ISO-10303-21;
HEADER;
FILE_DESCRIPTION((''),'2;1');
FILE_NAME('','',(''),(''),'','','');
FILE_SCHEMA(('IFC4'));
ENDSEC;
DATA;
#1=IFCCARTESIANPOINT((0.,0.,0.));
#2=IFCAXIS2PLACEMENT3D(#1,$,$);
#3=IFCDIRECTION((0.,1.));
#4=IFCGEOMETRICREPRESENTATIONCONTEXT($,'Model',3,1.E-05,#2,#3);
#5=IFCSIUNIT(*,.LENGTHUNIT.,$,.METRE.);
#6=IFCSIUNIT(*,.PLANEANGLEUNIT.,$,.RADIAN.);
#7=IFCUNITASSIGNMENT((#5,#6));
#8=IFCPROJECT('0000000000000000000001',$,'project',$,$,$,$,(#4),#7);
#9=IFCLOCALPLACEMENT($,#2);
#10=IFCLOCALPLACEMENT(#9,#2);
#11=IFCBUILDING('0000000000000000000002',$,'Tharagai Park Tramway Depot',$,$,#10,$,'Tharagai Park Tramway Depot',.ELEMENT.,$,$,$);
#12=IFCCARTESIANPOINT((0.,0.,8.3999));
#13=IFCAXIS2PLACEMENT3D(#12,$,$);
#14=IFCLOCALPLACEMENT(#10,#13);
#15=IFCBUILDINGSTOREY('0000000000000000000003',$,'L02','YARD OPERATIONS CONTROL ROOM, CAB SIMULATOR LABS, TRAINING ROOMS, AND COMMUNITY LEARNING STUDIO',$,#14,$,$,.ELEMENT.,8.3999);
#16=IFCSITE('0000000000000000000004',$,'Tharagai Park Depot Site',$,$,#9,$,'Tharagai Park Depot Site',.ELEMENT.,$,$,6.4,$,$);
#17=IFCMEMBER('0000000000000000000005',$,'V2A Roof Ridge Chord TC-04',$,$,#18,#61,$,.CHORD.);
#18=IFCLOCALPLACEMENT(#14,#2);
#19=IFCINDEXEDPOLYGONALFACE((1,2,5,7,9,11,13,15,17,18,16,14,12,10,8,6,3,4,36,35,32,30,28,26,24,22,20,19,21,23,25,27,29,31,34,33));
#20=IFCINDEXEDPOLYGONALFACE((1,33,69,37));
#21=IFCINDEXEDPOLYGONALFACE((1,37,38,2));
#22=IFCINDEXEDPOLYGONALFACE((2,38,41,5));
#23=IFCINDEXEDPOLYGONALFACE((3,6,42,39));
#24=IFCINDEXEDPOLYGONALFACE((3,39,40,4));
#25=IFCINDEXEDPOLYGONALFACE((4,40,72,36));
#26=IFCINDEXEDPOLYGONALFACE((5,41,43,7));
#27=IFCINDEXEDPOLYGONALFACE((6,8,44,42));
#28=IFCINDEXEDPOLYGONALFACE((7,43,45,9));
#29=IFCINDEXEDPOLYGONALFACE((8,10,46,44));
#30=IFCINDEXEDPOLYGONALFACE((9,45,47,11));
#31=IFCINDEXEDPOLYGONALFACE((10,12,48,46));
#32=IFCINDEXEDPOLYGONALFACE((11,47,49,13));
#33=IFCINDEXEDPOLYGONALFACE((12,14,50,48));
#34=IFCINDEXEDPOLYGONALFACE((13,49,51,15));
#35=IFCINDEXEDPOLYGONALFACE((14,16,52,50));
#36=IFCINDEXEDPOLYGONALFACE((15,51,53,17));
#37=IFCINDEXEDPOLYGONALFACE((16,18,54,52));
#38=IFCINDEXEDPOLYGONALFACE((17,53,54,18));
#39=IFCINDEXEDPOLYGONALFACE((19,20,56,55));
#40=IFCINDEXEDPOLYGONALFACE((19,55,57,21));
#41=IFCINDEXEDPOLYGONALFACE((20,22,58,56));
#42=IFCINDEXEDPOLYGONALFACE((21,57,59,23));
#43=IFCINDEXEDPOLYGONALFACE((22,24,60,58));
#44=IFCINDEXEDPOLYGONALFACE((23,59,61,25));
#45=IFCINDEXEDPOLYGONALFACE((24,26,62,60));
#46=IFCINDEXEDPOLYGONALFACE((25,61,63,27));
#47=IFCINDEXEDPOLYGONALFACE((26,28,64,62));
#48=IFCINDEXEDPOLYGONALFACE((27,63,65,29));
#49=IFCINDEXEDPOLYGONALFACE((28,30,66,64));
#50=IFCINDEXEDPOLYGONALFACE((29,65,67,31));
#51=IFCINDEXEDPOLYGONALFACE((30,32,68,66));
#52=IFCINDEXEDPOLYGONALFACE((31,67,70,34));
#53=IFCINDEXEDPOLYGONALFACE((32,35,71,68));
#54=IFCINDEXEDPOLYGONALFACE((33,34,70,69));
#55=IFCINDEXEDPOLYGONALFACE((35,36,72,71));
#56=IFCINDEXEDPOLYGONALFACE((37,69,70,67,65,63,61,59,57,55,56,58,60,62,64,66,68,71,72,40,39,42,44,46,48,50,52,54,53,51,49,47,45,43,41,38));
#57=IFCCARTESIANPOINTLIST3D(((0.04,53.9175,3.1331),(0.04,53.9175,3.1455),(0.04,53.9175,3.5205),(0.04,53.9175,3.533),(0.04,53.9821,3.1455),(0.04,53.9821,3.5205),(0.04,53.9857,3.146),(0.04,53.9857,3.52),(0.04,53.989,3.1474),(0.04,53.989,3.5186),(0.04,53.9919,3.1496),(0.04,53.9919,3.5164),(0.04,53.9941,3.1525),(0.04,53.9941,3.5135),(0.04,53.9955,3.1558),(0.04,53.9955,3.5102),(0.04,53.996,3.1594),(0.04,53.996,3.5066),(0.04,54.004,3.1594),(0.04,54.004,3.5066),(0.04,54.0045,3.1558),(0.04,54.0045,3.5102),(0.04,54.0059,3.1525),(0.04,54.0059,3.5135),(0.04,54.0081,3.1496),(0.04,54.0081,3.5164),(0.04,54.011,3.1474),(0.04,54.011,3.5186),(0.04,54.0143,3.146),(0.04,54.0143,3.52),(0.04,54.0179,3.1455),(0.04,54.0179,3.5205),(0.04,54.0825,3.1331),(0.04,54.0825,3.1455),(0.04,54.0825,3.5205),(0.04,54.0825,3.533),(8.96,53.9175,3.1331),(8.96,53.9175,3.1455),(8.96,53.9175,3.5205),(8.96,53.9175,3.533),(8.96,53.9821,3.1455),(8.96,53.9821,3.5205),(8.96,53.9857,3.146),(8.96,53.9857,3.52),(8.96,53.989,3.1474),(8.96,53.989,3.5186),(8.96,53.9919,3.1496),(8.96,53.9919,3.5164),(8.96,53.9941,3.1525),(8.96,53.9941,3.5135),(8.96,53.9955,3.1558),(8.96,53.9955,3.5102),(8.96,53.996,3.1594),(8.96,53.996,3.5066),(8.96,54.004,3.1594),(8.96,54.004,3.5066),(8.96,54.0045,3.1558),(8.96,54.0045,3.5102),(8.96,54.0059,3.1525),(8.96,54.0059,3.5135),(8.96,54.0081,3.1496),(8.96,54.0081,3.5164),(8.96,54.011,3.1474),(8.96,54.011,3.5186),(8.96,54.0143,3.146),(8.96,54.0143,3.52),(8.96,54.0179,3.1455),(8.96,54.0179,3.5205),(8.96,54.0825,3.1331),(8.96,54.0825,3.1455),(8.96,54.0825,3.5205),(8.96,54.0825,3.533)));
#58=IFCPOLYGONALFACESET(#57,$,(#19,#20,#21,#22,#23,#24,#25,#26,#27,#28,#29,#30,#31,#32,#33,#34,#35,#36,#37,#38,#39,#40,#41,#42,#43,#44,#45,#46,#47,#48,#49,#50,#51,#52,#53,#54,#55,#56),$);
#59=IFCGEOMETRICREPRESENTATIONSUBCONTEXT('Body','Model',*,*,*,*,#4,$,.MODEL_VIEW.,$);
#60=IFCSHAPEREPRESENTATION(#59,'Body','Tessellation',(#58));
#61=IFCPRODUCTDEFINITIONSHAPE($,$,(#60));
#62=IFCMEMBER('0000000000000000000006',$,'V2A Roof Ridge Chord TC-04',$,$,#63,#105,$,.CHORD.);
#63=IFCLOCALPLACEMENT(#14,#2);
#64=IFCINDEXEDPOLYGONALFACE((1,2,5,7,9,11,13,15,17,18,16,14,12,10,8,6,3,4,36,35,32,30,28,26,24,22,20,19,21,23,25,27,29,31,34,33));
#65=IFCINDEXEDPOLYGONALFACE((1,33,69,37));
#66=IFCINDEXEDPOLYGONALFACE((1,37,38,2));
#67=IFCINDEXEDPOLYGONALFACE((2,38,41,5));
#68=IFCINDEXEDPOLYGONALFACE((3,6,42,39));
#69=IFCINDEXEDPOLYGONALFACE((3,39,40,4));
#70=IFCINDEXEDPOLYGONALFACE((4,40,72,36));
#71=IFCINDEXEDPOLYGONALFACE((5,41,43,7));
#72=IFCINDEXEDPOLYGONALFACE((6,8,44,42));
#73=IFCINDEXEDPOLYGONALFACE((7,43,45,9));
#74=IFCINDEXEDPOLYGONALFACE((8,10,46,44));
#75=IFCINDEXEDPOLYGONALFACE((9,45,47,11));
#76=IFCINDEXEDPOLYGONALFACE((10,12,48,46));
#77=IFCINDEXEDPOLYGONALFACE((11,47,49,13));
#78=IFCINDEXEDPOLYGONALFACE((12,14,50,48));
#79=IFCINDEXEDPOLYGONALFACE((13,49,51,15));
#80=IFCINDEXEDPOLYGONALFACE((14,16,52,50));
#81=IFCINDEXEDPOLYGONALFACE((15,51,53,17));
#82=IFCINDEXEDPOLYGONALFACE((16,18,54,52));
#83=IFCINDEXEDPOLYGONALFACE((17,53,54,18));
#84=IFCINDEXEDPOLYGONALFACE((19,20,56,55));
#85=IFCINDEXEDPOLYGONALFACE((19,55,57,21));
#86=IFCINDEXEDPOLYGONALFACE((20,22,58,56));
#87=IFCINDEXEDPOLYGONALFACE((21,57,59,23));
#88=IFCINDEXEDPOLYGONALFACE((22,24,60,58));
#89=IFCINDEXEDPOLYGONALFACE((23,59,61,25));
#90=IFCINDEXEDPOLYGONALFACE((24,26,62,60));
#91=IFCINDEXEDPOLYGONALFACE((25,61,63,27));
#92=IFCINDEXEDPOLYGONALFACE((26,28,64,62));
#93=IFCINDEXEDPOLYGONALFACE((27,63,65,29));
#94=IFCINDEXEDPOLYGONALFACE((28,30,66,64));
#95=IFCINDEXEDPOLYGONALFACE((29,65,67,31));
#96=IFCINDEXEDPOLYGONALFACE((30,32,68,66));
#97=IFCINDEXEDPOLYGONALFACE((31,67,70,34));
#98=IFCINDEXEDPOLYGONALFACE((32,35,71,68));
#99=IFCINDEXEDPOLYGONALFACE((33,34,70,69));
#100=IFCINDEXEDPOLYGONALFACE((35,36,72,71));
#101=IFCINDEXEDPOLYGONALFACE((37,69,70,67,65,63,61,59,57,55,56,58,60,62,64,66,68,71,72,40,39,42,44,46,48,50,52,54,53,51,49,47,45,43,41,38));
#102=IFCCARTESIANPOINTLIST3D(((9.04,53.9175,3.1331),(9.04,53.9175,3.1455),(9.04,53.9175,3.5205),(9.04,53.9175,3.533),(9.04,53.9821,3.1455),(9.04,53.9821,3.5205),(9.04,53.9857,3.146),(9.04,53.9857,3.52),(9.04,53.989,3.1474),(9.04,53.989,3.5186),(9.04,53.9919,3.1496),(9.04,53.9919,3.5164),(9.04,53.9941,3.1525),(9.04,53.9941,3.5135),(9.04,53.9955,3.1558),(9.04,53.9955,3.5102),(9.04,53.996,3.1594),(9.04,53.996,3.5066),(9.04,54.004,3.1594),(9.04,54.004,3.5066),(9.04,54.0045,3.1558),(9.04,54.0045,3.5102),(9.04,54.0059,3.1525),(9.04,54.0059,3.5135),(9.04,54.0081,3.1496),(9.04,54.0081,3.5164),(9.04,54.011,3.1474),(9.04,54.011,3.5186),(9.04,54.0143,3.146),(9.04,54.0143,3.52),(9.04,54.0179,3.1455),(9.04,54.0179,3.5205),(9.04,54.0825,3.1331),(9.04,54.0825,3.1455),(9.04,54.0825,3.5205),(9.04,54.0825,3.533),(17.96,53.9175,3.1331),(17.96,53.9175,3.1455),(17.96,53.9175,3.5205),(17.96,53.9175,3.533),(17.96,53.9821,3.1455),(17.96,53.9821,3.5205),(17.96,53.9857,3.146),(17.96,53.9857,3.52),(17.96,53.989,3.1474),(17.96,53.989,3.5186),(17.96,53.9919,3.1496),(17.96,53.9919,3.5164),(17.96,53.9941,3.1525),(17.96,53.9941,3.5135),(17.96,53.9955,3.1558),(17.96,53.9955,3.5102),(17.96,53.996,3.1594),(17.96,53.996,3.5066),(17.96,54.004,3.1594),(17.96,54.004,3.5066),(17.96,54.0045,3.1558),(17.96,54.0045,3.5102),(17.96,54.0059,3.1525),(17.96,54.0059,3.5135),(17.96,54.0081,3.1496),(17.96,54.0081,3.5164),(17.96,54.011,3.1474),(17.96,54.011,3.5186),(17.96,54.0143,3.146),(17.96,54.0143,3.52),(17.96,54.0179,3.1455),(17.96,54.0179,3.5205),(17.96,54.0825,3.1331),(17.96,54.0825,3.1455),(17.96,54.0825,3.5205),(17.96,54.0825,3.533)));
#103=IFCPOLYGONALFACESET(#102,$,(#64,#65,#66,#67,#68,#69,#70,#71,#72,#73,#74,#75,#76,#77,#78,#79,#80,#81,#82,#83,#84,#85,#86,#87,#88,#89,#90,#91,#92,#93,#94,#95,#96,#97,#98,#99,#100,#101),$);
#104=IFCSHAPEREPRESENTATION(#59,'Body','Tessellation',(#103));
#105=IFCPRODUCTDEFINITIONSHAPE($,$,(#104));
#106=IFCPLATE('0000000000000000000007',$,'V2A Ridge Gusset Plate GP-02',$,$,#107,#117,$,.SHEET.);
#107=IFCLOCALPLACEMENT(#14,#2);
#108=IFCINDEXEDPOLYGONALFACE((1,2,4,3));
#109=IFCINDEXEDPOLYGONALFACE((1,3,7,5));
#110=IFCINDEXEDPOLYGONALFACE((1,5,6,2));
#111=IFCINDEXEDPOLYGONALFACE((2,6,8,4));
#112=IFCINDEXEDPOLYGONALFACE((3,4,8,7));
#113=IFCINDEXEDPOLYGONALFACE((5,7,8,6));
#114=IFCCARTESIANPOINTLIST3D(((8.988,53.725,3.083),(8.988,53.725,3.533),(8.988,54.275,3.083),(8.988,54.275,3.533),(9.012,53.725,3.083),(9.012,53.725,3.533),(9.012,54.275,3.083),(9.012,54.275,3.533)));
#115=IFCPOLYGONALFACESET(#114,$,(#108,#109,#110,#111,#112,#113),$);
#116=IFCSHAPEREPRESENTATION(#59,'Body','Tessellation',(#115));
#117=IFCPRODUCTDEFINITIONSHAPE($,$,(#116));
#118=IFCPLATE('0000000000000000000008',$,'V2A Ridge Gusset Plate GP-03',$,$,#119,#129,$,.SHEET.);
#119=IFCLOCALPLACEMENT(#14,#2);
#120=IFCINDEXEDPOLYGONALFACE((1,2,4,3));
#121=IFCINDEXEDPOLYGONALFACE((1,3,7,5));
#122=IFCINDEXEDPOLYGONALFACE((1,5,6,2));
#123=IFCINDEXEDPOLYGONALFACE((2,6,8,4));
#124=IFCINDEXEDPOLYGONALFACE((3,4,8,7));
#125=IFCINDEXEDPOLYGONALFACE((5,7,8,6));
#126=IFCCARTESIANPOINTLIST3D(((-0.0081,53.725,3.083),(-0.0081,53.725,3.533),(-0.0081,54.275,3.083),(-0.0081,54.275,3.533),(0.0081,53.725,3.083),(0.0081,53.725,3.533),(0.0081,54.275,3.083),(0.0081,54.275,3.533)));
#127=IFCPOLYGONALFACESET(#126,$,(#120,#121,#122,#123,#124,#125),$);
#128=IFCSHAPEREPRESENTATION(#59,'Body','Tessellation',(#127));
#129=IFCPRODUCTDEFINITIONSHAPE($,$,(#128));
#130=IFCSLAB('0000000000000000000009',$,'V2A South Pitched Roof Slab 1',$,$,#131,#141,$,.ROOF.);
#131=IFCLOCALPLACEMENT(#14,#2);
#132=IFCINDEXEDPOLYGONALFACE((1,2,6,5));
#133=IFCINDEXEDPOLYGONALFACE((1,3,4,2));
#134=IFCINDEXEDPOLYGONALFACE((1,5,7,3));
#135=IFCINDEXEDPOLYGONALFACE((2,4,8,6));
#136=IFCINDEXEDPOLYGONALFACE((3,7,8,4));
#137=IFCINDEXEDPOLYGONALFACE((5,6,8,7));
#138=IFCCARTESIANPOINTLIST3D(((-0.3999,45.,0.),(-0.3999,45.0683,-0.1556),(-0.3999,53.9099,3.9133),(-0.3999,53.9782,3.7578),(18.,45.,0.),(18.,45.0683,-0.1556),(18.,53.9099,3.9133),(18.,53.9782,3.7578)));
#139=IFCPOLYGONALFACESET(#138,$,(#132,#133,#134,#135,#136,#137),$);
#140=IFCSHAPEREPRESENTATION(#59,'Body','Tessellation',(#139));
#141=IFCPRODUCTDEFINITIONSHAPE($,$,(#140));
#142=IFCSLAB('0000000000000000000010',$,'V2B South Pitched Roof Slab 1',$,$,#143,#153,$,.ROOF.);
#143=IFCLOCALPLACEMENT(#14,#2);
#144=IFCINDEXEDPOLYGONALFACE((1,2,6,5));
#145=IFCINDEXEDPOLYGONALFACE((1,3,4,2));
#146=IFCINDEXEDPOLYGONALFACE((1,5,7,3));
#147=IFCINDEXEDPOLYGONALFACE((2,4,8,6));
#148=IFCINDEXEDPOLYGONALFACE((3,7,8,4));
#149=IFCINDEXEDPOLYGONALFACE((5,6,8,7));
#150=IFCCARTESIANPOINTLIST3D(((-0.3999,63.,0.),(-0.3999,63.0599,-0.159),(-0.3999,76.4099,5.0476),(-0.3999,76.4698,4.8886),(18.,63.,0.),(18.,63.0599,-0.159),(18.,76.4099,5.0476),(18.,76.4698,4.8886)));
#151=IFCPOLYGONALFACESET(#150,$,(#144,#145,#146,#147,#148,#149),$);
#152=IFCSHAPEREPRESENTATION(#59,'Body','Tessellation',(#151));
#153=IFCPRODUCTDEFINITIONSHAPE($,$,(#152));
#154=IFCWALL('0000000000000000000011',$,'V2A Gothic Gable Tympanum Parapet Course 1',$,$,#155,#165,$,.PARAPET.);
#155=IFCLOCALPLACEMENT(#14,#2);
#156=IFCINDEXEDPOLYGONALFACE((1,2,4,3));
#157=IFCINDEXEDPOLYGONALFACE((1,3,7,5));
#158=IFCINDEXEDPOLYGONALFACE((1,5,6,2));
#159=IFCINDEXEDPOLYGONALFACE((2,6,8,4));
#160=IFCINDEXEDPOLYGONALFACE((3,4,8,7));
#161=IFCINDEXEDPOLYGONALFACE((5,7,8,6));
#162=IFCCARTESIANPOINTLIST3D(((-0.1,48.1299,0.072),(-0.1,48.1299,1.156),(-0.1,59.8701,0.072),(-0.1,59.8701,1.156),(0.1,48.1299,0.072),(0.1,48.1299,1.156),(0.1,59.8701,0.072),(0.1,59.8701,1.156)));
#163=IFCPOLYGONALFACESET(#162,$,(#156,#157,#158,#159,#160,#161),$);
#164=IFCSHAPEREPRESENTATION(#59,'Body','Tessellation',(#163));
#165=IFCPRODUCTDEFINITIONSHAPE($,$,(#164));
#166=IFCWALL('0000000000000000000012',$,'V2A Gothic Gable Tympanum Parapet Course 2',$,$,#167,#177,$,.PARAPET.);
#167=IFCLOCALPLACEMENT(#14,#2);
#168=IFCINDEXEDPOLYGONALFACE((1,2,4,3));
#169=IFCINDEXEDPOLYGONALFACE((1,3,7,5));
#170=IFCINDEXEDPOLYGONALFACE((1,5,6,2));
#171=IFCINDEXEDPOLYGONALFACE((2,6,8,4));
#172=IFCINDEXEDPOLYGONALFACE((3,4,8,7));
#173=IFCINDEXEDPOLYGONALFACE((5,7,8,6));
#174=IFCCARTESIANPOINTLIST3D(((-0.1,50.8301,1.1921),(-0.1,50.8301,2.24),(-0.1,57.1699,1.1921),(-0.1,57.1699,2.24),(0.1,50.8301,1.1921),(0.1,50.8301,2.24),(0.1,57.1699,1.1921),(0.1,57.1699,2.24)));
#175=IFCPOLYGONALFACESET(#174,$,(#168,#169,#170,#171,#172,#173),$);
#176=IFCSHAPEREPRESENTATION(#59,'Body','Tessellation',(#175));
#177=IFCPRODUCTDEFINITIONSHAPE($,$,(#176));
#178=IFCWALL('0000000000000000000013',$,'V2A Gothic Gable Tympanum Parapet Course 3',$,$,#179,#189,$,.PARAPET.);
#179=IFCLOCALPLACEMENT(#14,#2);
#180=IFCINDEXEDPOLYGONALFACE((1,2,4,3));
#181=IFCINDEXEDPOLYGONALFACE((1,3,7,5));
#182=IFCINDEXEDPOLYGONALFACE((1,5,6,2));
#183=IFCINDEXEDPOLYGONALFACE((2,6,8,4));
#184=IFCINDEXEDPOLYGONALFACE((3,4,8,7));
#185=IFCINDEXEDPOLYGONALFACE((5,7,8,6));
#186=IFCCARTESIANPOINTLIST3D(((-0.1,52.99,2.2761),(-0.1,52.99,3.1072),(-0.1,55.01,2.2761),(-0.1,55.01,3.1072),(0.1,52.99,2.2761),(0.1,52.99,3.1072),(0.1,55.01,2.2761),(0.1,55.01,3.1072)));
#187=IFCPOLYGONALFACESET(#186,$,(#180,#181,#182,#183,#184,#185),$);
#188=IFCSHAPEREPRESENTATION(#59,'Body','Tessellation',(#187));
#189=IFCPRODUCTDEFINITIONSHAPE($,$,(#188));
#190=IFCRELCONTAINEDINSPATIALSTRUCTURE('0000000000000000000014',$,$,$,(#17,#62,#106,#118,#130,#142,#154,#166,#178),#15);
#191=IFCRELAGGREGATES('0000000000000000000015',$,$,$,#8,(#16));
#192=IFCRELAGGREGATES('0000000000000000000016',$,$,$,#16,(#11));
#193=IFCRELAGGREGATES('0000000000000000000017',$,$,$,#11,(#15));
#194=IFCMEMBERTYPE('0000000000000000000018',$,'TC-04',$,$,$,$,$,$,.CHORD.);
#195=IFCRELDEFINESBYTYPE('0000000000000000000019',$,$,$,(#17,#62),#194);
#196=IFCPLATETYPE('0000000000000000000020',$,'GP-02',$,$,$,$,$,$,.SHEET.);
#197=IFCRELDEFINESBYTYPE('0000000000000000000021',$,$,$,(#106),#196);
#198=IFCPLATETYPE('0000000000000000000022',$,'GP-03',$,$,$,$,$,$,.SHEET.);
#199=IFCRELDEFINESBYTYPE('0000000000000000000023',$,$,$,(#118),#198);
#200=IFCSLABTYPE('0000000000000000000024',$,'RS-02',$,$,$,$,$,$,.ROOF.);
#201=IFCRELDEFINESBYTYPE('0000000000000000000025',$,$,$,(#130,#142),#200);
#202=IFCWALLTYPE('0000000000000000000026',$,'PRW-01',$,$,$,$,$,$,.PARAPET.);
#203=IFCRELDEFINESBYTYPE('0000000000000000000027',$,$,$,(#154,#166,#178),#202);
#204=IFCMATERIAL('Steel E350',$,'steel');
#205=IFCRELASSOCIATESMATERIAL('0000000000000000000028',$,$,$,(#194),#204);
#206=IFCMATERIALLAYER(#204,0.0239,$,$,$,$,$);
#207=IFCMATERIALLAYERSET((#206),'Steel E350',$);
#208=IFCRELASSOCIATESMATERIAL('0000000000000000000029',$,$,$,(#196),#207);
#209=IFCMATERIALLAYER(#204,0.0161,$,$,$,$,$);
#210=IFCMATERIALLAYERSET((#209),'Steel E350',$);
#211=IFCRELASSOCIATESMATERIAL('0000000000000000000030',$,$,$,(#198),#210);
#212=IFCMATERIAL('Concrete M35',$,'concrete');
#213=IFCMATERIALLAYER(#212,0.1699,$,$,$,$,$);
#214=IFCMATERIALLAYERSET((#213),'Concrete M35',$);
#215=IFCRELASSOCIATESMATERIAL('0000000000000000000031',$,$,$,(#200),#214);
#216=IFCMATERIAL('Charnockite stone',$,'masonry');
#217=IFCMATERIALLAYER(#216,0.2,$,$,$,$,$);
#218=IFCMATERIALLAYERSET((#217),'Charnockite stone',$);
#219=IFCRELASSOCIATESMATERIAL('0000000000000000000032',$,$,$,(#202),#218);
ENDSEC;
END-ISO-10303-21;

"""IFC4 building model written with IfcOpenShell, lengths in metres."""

from ifc_helpers import new_model, si_unit, direction, frame, frame_2d, origin, origin_2d, place, context, subcontext, project, spatial, polyline, rectangle, i_section, outline, extrude, material, layer, layer_set, material_profile, profile_set, type_object, element, save


model = new_model("IFC4")

# Units and contexts
model_context = context("Model", 3, precision=1e-05, world=origin(), true_north=direction((0.0, 1.0)))
body_context = subcontext(model_context, "Body", "Model", "MODEL_VIEW")
ifc_project = project(units=[si_unit("LENGTHUNIT", "METRE"), si_unit("PLANEANGLEUNIT", "RADIAN")], contexts=[model_context])

# Site, building, storey
site_placement = place(None, origin())
site = spatial("IfcSite", under=ifc_project, at=site_placement, Name="Tharagai Park Depot Site", LongName="Tharagai Park Depot Site", CompositionType="ELEMENT", RefElevation=6.4)
building_placement = place(site_placement, origin())
building = spatial("IfcBuilding", under=site, at=building_placement, Name="Tharagai Park Tramway Depot", LongName="Tharagai Park Tramway Depot", CompositionType="ELEMENT")
storey_placement = place(building_placement, frame((0.0, 0.0, 8.3999)))
storey = spatial("IfcBuildingStorey", under=building, at=storey_placement, Name="L02", Description="YARD OPERATIONS CONTROL ROOM, CAB SIMULATOR LABS, TRAINING ROOMS, AND COMMUNITY LEARNING STUDIO", CompositionType="ELEMENT", Elevation=8.3999)

# Shared definitions
ifc_material_1 = material(Name="Steel E350", Category="steel")
ifc_material_2 = material(Name="Concrete M35", Category="concrete")

# Members
ifc_material_profile_1 = material_profile(ifc_material_1, i_section(OverallWidth=0.165, OverallDepth=0.3999, WebThickness=0.0081, FlangeThickness=0.0125, FilletRadius=0.0139, at=origin_2d()), Name="ISLB 400")
ifc_profile_set_1 = profile_set([ifc_material_profile_1], Name="Steel E350")
member_type_1 = type_object("IfcMemberType", Name="TC-04", PredefinedType="CHORD", material=ifc_profile_set_1)
for number, where, z_axis, x_axis, name in (
    (1, (0.04, 54.0, 3.333), (1.0, 0.0, 0.0), (0.0, 1.0, 0.0), "V2A Roof Ridge Chord TC-04"),
    (2, (9.04, 54.0, 3.333), (1.0, 0.0, 0.0), (0.0, 1.0, 0.0), "V2A Roof Ridge Chord TC-04"),
):
    element("IfcMember", number, at=place(storey_placement, frame(where, z_axis=z_axis, x_axis=x_axis)), inside=storey, type_object=member_type_1, Name=name, PredefinedType="CHORD", context=body_context, shape_type="SweptSolid", body=[
        extrude(i_section(OverallWidth=0.165, OverallDepth=0.3999, WebThickness=0.0081, FlangeThickness=0.0125, FilletRadius=0.0139, at=origin_2d()), origin(), (0.0, 0.0, 1.0), 8.9199),
    ])

# Plates
ifc_layer_1 = layer(ifc_material_1, 0.0239)
ifc_layer_set_1 = layer_set([ifc_layer_1], Name="Steel E350")
plate_type_1 = type_object("IfcPlateType", Name="GP-02", PredefinedType="SHEET", material=ifc_layer_set_1)
plate_1_placement = place(storey_placement, frame((9.0, 54.0, 3.083), z_axis=(0.0, 0.0, 1.0), x_axis=(1.0, 0.0, 0.0)))
element("IfcPlate", 3, at=plate_1_placement, inside=storey, type_object=plate_type_1, Name="V2A Ridge Gusset Plate GP-02", PredefinedType="SHEET", context=body_context, shape_type="SweptSolid", body=[
    extrude(rectangle(XDim=0.0239, YDim=0.55, at=origin_2d()), origin(), (0.0, 0.0, 1.0), 0.45),
])
ifc_layer_2 = layer(ifc_material_1, 0.0161)
ifc_layer_set_2 = layer_set([ifc_layer_2], Name="Steel E350")
plate_type_2 = type_object("IfcPlateType", Name="GP-03", PredefinedType="SHEET", material=ifc_layer_set_2)
plate_2_placement = place(storey_placement, frame((0.0, 54.0, 3.083), z_axis=(0.0, 0.0, 1.0), x_axis=(1.0, 0.0, 0.0)))
element("IfcPlate", 4, at=plate_2_placement, inside=storey, type_object=plate_type_2, Name="V2A Ridge Gusset Plate GP-03", PredefinedType="SHEET", context=body_context, shape_type="SweptSolid", body=[
    extrude(rectangle(XDim=0.0161, YDim=0.55, at=origin_2d()), origin(), (0.0, 0.0, 1.0), 0.45),
])

# Slabs
ifc_layer_3 = layer(ifc_material_2, 0.1699)
ifc_layer_set_3 = layer_set([ifc_layer_3], Name="Concrete M35")
slab_type = type_object("IfcSlabType", Name="RS-02", PredefinedType="ROOF", material=ifc_layer_set_3)
slab_1_placement = place(storey_placement, frame((-0.3999, 45.0, 0.0), z_axis=(0.0, -0.402133, 0.915581), x_axis=(1.0, 0.0, 0.0)))
element("IfcSlab", 5, at=slab_1_placement, inside=storey, type_object=slab_type, Name="V2A South Pitched Roof Slab 1", PredefinedType="ROOF", context=body_context, shape_type="SweptSolid", body=[
    extrude(outline(polyline([(0.0, 0.0), (18.3999, 0.0), (18.3999, 9.7314), (0.0, 9.7314), (0.0, 0.0)])), origin(), (0.0, 0.0, -1.0), 0.1699),
])
slab_2_placement = place(storey_placement, frame((-0.3999, 63.0, 0.0), z_axis=(0.0, -0.352279, 0.935895), x_axis=(1.0, 0.0, 0.0)))
element("IfcSlab", 6, at=slab_2_placement, inside=storey, type_object=slab_type, Name="V2B South Pitched Roof Slab 1", PredefinedType="ROOF", context=body_context, shape_type="SweptSolid", body=[
    extrude(outline(polyline([(0.0, 0.0), (18.3999, 0.0), (18.3999, 14.3284), (0.0, 14.3284), (0.0, 0.0)])), origin(), (0.0, 0.0, -1.0), 0.1699),
])

# Walls
ifc_material_3 = material(Name="Charnockite stone", Category="masonry")
ifc_layer_4 = layer(ifc_material_3, 0.2)
ifc_layer_set_4 = layer_set([ifc_layer_4], Name="Charnockite stone")
wall_type = type_object("IfcWallType", Name="PRW-01", PredefinedType="PARAPET", material=ifc_layer_set_4)
wall_1_placement = place(storey_placement, frame((0.0, 48.1299, 0.072), z_axis=(0.0, 0.0, 1.0), x_axis=(0.0, 1.0, 0.0)))
element("IfcWall", 7, at=wall_1_placement, inside=storey, type_object=wall_type, Name="V2A Gothic Gable Tympanum Parapet Course 1", PredefinedType="PARAPET", context=body_context, shape_type="SweptSolid", body=[
    extrude(rectangle(XDim=11.7402, YDim=0.2, at=frame_2d((5.8701, 0.0))), origin(), (0.0, 0.0, 1.0), 1.084),
])
wall_2_placement = place(storey_placement, frame((0.0, 50.8301, 1.1921), z_axis=(0.0, 0.0, 1.0), x_axis=(0.0, 1.0, 0.0)))
element("IfcWall", 8, at=wall_2_placement, inside=storey, type_object=wall_type, Name="V2A Gothic Gable Tympanum Parapet Course 2", PredefinedType="PARAPET", context=body_context, shape_type="SweptSolid", body=[
    extrude(rectangle(XDim=6.3398, YDim=0.2, at=frame_2d((3.1699, 0.0))), origin(), (0.0, 0.0, 1.0), 1.0479),
])
wall_3_placement = place(storey_placement, frame((0.0, 52.99, 2.2761), z_axis=(0.0, 0.0, 1.0), x_axis=(0.0, 1.0, 0.0)))
element("IfcWall", 9, at=wall_3_placement, inside=storey, type_object=wall_type, Name="V2A Gothic Gable Tympanum Parapet Course 3", PredefinedType="PARAPET", context=body_context, shape_type="SweptSolid", body=[
    extrude(rectangle(XDim=2.02, YDim=0.2, at=frame_2d((1.01, 0.0))), origin(), (0.0, 0.0, 1.0), 0.8311),
])

save(model, "model.ifc")
